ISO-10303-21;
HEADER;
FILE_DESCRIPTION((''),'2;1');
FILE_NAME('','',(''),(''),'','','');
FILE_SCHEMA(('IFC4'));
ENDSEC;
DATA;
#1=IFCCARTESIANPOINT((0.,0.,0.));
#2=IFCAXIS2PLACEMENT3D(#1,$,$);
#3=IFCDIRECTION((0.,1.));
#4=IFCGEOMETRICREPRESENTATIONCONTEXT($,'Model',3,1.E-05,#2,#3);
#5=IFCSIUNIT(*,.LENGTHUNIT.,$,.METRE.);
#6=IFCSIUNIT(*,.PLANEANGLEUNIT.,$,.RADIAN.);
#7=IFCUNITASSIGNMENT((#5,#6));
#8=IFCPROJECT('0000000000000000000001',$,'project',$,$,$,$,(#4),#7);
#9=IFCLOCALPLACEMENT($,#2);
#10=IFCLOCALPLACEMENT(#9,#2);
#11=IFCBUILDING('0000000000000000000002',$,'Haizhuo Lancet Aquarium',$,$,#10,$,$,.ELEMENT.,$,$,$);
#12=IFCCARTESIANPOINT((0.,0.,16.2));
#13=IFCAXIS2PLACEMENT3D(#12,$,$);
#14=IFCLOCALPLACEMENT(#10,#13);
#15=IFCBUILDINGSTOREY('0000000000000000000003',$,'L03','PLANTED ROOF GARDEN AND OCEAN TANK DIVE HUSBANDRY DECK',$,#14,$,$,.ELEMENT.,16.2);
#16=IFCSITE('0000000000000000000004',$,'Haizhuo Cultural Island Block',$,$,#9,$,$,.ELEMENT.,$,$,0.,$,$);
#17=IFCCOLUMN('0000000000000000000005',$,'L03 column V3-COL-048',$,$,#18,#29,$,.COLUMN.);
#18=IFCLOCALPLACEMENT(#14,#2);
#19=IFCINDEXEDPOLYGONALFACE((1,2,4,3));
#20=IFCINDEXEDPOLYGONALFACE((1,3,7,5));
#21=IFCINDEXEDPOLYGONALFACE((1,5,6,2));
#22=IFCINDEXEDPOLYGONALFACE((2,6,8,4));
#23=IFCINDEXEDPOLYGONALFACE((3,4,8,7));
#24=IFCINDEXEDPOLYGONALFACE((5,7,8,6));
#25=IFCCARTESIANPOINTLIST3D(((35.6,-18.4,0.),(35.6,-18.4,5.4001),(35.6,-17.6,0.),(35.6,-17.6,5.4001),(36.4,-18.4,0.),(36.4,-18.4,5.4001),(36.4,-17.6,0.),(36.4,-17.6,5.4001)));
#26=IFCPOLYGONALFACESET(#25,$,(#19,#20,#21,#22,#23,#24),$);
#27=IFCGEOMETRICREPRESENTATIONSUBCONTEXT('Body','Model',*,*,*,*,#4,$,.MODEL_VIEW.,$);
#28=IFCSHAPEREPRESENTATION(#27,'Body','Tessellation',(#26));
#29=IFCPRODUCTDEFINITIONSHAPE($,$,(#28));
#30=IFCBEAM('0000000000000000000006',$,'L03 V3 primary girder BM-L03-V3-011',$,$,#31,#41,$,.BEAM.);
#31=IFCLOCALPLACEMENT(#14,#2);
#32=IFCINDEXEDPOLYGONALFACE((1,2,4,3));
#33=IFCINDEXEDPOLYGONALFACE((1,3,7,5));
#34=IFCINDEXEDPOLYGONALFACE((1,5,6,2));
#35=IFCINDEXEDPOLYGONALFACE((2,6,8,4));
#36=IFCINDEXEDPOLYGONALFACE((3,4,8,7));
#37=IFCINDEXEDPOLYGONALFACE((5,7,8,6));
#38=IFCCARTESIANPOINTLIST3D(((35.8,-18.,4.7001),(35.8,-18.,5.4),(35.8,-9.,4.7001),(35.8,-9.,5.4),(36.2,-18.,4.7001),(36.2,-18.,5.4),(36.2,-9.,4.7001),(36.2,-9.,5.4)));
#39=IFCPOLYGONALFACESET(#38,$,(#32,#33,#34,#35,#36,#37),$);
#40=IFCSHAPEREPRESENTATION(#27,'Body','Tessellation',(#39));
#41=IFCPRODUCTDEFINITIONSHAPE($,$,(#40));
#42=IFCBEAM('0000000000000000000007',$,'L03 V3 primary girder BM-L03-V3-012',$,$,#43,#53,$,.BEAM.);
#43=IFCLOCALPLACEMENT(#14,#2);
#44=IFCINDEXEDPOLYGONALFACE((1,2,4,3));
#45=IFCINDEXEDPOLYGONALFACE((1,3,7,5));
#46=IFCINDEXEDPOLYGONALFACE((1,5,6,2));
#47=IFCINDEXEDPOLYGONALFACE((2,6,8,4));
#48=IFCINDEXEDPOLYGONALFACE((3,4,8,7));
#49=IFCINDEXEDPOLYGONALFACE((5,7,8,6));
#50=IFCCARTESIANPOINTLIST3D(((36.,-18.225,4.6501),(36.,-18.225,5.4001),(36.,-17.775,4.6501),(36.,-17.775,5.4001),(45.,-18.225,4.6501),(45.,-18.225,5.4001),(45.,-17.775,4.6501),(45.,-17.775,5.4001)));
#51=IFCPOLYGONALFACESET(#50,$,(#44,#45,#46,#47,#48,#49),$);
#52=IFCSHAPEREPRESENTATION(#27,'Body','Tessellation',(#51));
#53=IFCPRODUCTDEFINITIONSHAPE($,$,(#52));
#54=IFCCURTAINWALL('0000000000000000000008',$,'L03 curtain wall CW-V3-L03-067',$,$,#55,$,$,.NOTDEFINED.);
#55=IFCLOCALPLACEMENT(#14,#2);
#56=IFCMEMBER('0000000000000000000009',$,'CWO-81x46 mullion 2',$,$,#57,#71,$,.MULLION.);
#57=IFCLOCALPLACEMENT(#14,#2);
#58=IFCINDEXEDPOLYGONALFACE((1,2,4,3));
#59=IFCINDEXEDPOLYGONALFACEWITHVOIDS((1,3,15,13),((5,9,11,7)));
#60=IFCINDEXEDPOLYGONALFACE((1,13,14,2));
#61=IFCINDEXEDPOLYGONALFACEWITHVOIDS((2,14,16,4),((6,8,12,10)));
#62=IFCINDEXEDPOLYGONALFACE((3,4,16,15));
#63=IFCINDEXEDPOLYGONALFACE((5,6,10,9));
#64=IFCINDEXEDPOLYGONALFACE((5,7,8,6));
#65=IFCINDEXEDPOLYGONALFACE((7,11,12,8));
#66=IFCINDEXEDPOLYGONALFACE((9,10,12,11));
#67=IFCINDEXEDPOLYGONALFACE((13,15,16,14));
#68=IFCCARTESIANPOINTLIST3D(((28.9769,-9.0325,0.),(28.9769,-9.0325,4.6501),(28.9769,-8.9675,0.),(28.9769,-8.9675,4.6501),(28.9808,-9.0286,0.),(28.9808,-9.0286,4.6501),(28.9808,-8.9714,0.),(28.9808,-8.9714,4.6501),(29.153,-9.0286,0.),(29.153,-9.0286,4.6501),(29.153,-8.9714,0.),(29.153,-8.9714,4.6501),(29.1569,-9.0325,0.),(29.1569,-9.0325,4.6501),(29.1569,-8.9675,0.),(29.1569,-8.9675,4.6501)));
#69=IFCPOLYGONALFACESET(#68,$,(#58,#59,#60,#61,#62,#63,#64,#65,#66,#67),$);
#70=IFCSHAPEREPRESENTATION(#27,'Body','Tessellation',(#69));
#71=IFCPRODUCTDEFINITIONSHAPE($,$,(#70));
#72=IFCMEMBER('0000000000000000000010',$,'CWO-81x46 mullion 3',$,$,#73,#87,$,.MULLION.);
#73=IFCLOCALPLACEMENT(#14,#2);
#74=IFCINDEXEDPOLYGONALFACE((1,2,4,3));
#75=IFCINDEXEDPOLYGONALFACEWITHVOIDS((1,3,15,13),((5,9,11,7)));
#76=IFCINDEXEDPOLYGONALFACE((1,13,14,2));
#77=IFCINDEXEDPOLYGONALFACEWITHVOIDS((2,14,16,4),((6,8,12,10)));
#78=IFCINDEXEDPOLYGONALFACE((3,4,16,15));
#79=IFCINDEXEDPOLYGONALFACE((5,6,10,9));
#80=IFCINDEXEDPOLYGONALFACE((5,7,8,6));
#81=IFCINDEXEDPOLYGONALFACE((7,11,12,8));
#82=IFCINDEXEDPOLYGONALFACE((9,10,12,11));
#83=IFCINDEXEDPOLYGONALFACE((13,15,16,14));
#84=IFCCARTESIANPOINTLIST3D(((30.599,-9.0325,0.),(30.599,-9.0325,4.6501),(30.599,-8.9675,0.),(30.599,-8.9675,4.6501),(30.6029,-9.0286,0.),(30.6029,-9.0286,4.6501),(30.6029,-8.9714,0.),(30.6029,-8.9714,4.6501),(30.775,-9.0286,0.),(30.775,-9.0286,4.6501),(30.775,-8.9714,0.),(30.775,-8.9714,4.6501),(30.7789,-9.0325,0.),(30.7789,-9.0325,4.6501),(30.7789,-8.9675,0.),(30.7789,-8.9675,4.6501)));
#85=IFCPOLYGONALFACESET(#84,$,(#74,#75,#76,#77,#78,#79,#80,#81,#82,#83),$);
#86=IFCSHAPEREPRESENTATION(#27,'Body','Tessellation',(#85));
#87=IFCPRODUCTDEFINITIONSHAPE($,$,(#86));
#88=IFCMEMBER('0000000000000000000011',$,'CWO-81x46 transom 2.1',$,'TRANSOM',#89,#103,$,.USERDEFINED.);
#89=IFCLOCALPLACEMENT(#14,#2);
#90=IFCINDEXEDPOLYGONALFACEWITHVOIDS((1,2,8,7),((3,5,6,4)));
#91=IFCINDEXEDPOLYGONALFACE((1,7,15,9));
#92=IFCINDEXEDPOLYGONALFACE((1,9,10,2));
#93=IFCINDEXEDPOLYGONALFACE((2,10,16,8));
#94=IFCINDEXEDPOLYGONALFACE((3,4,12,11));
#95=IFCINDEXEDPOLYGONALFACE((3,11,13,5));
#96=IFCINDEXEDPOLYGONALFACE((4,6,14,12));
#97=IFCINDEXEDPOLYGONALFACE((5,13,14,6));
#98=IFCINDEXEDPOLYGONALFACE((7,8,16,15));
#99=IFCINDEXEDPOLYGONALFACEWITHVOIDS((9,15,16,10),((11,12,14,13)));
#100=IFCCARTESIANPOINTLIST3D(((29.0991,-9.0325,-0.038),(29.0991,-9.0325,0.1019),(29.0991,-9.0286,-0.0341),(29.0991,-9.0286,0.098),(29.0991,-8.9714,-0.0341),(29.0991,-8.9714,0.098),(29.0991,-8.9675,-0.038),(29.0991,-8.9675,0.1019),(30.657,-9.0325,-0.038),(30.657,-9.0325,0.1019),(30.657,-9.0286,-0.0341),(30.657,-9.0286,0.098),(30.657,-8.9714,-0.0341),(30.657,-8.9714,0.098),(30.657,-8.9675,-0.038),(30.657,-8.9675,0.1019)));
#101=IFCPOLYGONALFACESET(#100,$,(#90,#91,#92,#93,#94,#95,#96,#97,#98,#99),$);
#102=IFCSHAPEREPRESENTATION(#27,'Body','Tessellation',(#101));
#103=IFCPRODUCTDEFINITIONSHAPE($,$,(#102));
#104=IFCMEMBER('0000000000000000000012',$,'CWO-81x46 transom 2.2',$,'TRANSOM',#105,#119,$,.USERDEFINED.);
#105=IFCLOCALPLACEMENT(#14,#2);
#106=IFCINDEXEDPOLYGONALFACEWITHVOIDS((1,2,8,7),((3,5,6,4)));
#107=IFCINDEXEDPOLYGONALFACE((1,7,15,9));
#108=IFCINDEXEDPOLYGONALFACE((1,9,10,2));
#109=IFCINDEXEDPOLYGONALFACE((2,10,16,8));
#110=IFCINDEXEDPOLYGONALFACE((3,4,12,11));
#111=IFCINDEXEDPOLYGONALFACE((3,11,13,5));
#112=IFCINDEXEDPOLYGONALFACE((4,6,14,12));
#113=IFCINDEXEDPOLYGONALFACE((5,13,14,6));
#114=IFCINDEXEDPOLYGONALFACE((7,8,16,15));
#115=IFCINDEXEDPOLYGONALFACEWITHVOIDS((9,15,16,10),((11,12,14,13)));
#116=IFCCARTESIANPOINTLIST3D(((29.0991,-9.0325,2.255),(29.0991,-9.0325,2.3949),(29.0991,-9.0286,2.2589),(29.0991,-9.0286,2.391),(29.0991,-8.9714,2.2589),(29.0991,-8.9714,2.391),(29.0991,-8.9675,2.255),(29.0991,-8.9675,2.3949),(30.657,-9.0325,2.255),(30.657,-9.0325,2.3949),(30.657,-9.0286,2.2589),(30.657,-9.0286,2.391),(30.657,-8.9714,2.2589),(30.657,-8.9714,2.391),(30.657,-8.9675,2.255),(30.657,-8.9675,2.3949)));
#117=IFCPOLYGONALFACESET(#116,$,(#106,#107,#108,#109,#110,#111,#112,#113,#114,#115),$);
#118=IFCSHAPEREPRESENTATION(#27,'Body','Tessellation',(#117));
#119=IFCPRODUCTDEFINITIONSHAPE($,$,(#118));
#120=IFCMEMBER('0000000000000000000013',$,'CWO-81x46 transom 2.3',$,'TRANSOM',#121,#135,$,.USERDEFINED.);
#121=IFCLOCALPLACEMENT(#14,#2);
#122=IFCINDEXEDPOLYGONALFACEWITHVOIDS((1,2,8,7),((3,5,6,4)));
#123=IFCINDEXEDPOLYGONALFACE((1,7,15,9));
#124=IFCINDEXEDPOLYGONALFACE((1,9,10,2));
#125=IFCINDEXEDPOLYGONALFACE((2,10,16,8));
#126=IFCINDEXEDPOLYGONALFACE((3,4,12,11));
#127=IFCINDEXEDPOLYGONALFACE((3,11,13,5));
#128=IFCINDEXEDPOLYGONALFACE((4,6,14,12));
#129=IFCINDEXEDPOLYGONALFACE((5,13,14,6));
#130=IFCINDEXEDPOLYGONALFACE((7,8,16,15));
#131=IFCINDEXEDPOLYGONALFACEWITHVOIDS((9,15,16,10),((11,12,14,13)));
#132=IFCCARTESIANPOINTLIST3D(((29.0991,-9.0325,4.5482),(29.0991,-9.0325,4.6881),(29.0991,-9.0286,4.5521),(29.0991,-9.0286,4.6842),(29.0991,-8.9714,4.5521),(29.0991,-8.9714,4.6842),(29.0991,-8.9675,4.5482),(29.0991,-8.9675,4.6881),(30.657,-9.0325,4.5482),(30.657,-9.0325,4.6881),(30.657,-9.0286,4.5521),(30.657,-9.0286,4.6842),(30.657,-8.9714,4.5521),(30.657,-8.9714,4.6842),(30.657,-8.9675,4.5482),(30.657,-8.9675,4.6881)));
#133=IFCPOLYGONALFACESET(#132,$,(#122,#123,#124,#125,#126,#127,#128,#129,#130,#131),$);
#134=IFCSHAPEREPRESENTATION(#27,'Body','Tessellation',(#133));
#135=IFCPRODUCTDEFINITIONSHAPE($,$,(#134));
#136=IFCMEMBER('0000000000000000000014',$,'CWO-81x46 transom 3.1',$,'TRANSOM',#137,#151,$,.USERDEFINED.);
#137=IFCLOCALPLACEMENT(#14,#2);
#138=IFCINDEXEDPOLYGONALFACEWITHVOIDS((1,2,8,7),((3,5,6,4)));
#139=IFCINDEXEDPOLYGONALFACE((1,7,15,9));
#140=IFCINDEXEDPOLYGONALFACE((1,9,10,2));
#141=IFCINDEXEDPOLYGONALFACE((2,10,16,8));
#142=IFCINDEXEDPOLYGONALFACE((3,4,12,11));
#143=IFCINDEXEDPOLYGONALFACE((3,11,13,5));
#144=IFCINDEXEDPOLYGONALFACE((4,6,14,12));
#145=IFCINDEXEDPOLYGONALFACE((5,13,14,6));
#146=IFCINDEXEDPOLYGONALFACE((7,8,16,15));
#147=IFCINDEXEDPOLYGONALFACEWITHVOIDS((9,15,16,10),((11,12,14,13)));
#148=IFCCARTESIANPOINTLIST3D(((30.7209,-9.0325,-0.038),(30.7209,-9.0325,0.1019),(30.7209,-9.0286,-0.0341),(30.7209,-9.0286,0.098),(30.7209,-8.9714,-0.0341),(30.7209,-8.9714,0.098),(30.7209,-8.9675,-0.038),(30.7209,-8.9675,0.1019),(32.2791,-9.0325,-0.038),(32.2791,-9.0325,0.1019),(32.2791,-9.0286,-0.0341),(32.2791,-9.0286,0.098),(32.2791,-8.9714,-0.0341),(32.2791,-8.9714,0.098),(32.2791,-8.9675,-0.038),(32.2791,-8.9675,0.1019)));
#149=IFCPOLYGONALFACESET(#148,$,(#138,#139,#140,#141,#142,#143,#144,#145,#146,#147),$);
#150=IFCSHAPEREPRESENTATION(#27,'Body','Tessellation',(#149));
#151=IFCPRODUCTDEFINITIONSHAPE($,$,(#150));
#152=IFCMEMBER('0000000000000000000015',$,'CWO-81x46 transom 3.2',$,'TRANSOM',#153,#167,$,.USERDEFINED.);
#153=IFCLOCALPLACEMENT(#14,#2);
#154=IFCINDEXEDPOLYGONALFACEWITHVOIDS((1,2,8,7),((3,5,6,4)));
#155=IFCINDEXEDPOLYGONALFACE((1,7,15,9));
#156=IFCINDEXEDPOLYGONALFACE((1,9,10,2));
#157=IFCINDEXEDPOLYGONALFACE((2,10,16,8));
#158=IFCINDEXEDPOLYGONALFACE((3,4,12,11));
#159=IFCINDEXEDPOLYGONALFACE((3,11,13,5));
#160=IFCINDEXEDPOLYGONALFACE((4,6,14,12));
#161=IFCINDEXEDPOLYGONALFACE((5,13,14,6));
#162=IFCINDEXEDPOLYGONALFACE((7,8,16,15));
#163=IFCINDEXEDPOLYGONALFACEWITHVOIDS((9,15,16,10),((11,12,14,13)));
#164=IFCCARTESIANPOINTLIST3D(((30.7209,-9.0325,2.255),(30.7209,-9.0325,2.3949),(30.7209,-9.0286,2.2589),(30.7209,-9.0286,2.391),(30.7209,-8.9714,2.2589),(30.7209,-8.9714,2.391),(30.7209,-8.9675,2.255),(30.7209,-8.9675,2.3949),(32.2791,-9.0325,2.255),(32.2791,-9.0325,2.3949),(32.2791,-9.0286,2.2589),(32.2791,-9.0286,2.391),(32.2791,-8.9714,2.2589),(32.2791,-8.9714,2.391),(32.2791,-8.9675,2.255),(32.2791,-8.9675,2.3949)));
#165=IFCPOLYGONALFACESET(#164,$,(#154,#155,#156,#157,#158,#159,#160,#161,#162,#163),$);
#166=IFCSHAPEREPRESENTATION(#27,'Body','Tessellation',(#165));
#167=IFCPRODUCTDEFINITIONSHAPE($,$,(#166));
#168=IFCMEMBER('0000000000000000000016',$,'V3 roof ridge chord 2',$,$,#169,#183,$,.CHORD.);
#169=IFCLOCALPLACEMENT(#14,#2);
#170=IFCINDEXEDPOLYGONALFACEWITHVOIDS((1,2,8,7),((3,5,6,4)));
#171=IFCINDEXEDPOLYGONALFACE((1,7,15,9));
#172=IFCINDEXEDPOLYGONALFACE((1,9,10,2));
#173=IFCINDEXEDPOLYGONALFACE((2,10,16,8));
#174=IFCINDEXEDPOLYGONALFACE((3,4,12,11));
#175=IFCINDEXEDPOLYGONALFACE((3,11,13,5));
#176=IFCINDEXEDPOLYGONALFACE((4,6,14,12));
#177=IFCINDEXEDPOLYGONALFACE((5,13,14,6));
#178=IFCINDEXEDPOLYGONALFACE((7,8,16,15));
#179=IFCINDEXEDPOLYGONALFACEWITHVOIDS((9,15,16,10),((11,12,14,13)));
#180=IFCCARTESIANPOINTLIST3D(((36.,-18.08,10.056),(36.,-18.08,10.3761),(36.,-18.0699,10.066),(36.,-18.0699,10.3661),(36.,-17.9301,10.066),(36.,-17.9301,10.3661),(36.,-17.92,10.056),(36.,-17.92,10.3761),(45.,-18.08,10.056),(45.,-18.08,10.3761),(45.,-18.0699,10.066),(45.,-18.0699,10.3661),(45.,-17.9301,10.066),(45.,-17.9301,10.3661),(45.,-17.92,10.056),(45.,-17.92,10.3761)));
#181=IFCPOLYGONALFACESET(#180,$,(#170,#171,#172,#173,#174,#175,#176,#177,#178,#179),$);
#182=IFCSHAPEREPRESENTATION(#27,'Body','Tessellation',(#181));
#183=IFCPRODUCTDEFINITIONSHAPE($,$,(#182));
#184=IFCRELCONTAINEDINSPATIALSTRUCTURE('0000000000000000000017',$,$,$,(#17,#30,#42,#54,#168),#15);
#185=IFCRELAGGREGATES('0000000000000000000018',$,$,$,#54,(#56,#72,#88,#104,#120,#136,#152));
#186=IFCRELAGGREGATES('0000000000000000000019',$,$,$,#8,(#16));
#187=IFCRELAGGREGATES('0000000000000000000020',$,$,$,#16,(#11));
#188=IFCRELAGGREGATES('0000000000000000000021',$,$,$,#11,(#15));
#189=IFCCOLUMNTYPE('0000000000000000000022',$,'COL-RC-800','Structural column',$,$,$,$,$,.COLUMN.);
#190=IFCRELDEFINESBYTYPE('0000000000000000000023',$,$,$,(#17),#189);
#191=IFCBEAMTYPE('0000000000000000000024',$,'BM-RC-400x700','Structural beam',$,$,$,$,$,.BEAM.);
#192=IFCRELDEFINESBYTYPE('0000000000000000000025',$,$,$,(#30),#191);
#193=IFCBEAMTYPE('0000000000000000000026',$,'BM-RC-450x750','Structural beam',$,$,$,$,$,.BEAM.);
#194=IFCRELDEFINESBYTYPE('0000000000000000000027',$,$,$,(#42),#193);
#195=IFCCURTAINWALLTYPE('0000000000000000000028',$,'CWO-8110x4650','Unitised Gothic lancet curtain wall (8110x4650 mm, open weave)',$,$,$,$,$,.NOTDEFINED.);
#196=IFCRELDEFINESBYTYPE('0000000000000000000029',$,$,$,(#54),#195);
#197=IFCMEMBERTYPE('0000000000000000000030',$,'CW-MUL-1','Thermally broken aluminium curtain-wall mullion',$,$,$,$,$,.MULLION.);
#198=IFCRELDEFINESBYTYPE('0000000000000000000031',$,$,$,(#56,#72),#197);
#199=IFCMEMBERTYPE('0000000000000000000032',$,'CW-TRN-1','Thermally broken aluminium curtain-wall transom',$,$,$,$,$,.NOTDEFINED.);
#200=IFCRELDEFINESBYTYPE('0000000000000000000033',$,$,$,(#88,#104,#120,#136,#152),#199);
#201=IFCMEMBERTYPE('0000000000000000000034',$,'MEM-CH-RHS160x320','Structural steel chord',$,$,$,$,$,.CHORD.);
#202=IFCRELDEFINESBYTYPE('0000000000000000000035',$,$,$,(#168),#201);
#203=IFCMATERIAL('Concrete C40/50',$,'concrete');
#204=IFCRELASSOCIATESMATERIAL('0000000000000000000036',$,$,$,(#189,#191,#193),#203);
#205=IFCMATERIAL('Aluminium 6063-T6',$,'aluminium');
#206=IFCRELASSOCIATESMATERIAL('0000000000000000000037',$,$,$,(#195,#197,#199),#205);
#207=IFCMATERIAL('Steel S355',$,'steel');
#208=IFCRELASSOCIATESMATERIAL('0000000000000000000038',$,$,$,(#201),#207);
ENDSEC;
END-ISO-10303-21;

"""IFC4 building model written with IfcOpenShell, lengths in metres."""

from ifc_helpers import new_model, si_unit, direction, frame, origin, origin_2d, place, context, subcontext, project, spatial, rectangle, hollow_rectangle, extrude, material, material_profile, profile_set, type_object, element, aggregate, save


model = new_model("IFC4")

# Units and contexts
model_context = context("Model", 3, precision=1e-05, world=origin(), true_north=direction((0.0, 1.0)))
body_context = subcontext(model_context, "Body", "Model", "MODEL_VIEW")
ifc_project = project(units=[si_unit("LENGTHUNIT", "METRE"), si_unit("PLANEANGLEUNIT", "RADIAN")], contexts=[model_context])

# Site, building, storey
site_placement = place(None, origin())
site = spatial("IfcSite", under=ifc_project, at=site_placement, Name="Haizhuo Cultural Island Block", CompositionType="ELEMENT", RefElevation=0.0)
building_placement = place(site_placement, origin())
building = spatial("IfcBuilding", under=site, at=building_placement, Name="Haizhuo Lancet Aquarium", CompositionType="ELEMENT")
storey_placement = place(building_placement, frame((0.0, 0.0, 16.2)))
storey = spatial("IfcBuildingStorey", under=building, at=storey_placement, Name="L03", Description="PLANTED ROOF GARDEN AND OCEAN TANK DIVE HUSBANDRY DECK", CompositionType="ELEMENT", Elevation=16.2)

# Column
ifc_material_1 = material(Name="Concrete C40/50", Category="concrete")
ifc_material_profile_1 = material_profile(ifc_material_1, rectangle(XDim=0.8, YDim=0.8, at=origin_2d()), Name="RC-COL 800x800")
ifc_profile_set_1 = profile_set([ifc_material_profile_1], Name="Concrete C40/50")
column_type = type_object("IfcColumnType", Name="COL-RC-800", Description="Structural column", PredefinedType="COLUMN", material=ifc_profile_set_1)
column_placement = place(storey_placement, frame((36.0, -18.0, 0.0), z_axis=(0.0, 0.0, 1.0), x_axis=(1.0, 0.0, 0.0)))
element("IfcColumn", 1, at=column_placement, inside=storey, type_object=column_type, Name="L03 column V3-COL-048", PredefinedType="COLUMN", context=body_context, shape_type="SweptSolid", body=[
    extrude(rectangle(XDim=0.8, YDim=0.8, at=origin_2d()), origin(), (0.0, 0.0, 1.0), 5.4001),
])

# Beams
ifc_material_profile_2 = material_profile(ifc_material_1, rectangle(XDim=0.3999, YDim=0.7, at=origin_2d()), Name="RC-BM 400x700")
ifc_profile_set_2 = profile_set([ifc_material_profile_2], Name="Concrete C40/50")
beam_type_1 = type_object("IfcBeamType", Name="BM-RC-400x700", Description="Structural beam", PredefinedType="BEAM", material=ifc_profile_set_2)
beam_1_placement = place(storey_placement, frame((36.0, -18.0, 5.05), z_axis=(0.0, 1.0, 0.0), x_axis=(-1.0, 0.0, 0.0)))
element("IfcBeam", 2, at=beam_1_placement, inside=storey, type_object=beam_type_1, Name="L03 V3 primary girder BM-L03-V3-011", PredefinedType="BEAM", context=body_context, shape_type="SweptSolid", body=[
    extrude(rectangle(XDim=0.3999, YDim=0.7, at=origin_2d()), origin(), (0.0, 0.0, 1.0), 9.0),
])
ifc_material_profile_3 = material_profile(ifc_material_1, rectangle(XDim=0.45, YDim=0.75, at=origin_2d()), Name="RC-BM 450x750")
ifc_profile_set_3 = profile_set([ifc_material_profile_3], Name="Concrete C40/50")
beam_type_2 = type_object("IfcBeamType", Name="BM-RC-450x750", Description="Structural beam", PredefinedType="BEAM", material=ifc_profile_set_3)
beam_2_placement = place(storey_placement, frame((36.0, -18.0, 5.0251), z_axis=(1.0, 0.0, 0.0), x_axis=(0.0, 1.0, 0.0)))
element("IfcBeam", 3, at=beam_2_placement, inside=storey, type_object=beam_type_2, Name="L03 V3 primary girder BM-L03-V3-012", PredefinedType="BEAM", context=body_context, shape_type="SweptSolid", body=[
    extrude(rectangle(XDim=0.45, YDim=0.75, at=origin_2d()), origin(), (0.0, 0.0, 1.0), 9.0),
])

# Curtain wall, members
ifc_material_2 = material(Name="Aluminium 6063-T6", Category="aluminium")
curtain_wall_type = type_object("IfcCurtainWallType", Name="CWO-8110x4650", Description="Unitised Gothic lancet curtain wall (8110x4650 mm, open weave)", PredefinedType="NOTDEFINED", material=ifc_material_2)
curtain_wall_placement = place(storey_placement, origin())
curtain_wall = element("IfcCurtainWall", 4, at=curtain_wall_placement, inside=storey, type_object=curtain_wall_type, Name="L03 curtain wall CW-V3-L03-067", PredefinedType="NOTDEFINED")
ifc_material_profile_4 = material_profile(ifc_material_2, hollow_rectangle(XDim=0.0649, YDim=0.1799, WallThickness=0.0039, at=origin_2d()), Name="ALU-M 65x180x4")
ifc_profile_set_4 = profile_set([ifc_material_profile_4], Name="Aluminium 6063-T6")
member_type_1 = type_object("IfcMemberType", Name="CW-MUL-1", Description="Thermally broken aluminium curtain-wall mullion", PredefinedType="MULLION", material=ifc_profile_set_4)
member_1_placement = place(storey_placement, frame((29.0669, -9.0, 0.0), z_axis=(0.0, 0.0, 1.0), x_axis=(0.0, 1.0, 0.0)))
member_1 = element("IfcMember", 5, at=member_1_placement, type_object=member_type_1, Name="CWO-81x46 mullion 2", PredefinedType="MULLION", context=body_context, shape_type="SweptSolid", body=[
    extrude(hollow_rectangle(XDim=0.0649, YDim=0.1799, WallThickness=0.0039, at=origin_2d()), origin(), (0.0, 0.0, 1.0), 4.6501),
])
member_2_placement = place(storey_placement, frame((30.689, -9.0, 0.0), z_axis=(0.0, 0.0, 1.0), x_axis=(0.0, 1.0, 0.0)))
member_2 = element("IfcMember", 6, at=member_2_placement, type_object=member_type_1, Name="CWO-81x46 mullion 3", PredefinedType="MULLION", context=body_context, shape_type="SweptSolid", body=[
    extrude(hollow_rectangle(XDim=0.0649, YDim=0.1799, WallThickness=0.0039, at=origin_2d()), origin(), (0.0, 0.0, 1.0), 4.6501),
])
ifc_material_profile_5 = material_profile(ifc_material_2, hollow_rectangle(XDim=0.0649, YDim=0.1399, WallThickness=0.0039, at=origin_2d()), Name="ALU-T 65x140x4")
ifc_profile_set_5 = profile_set([ifc_material_profile_5], Name="Aluminium 6063-T6")
member_type_2 = type_object("IfcMemberType", Name="CW-TRN-1", Description="Thermally broken aluminium curtain-wall transom", PredefinedType="NOTDEFINED", material=ifc_profile_set_5)
member_3_placement = place(storey_placement, frame((29.0991, -9.0, 0.032), z_axis=(1.0, 0.0, 0.0), x_axis=(0.0, 1.0, 0.0)))
member_3 = element("IfcMember", 7, at=member_3_placement, type_object=member_type_2, Name="CWO-81x46 transom 2.1", ObjectType="TRANSOM", PredefinedType="USERDEFINED", context=body_context, shape_type="SweptSolid", body=[
    extrude(hollow_rectangle(XDim=0.0649, YDim=0.1399, WallThickness=0.0039, at=origin_2d()), origin(), (0.0, 0.0, 1.0), 1.5579),
])
member_4_placement = place(storey_placement, frame((29.0991, -9.0, 2.325), z_axis=(1.0, 0.0, 0.0), x_axis=(0.0, 1.0, 0.0)))
member_4 = element("IfcMember", 8, at=member_4_placement, type_object=member_type_2, Name="CWO-81x46 transom 2.2", ObjectType="TRANSOM", PredefinedType="USERDEFINED", context=body_context, shape_type="SweptSolid", body=[
    extrude(hollow_rectangle(XDim=0.0649, YDim=0.1399, WallThickness=0.0039, at=origin_2d()), origin(), (0.0, 0.0, 1.0), 1.5579),
])
member_5_placement = place(storey_placement, frame((29.0991, -9.0, 4.6182), z_axis=(1.0, 0.0, 0.0), x_axis=(0.0, 1.0, 0.0)))
member_5 = element("IfcMember", 9, at=member_5_placement, type_object=member_type_2, Name="CWO-81x46 transom 2.3", ObjectType="TRANSOM", PredefinedType="USERDEFINED", context=body_context, shape_type="SweptSolid", body=[
    extrude(hollow_rectangle(XDim=0.0649, YDim=0.1399, WallThickness=0.0039, at=origin_2d()), origin(), (0.0, 0.0, 1.0), 1.5579),
])
member_6_placement = place(storey_placement, frame((30.7209, -9.0, 0.032), z_axis=(1.0, 0.0, 0.0), x_axis=(0.0, 1.0, 0.0)))
member_6 = element("IfcMember", 10, at=member_6_placement, type_object=member_type_2, Name="CWO-81x46 transom 3.1", ObjectType="TRANSOM", PredefinedType="USERDEFINED", context=body_context, shape_type="SweptSolid", body=[
    extrude(hollow_rectangle(XDim=0.0649, YDim=0.1399, WallThickness=0.0039, at=origin_2d()), origin(), (0.0, 0.0, 1.0), 1.5581),
])
member_7_placement = place(storey_placement, frame((30.7209, -9.0, 2.325), z_axis=(1.0, 0.0, 0.0), x_axis=(0.0, 1.0, 0.0)))
member_7 = element("IfcMember", 11, at=member_7_placement, type_object=member_type_2, Name="CWO-81x46 transom 3.2", ObjectType="TRANSOM", PredefinedType="USERDEFINED", context=body_context, shape_type="SweptSolid", body=[
    extrude(hollow_rectangle(XDim=0.0649, YDim=0.1399, WallThickness=0.0039, at=origin_2d()), origin(), (0.0, 0.0, 1.0), 1.5581),
])

# Member
ifc_material_3 = material(Name="Steel S355", Category="steel")
ifc_material_profile_6 = material_profile(ifc_material_3, hollow_rectangle(XDim=0.1599, YDim=0.3201, WallThickness=0.01, at=origin_2d()), Name="RHS 160x320x10")
ifc_profile_set_6 = profile_set([ifc_material_profile_6], Name="Steel S355")
member_type_3 = type_object("IfcMemberType", Name="MEM-CH-RHS160x320", Description="Structural steel chord", PredefinedType="CHORD", material=ifc_profile_set_6)
member_8_placement = place(storey_placement, frame((36.0, -18.0, 10.2161), z_axis=(1.0, 0.0, 0.0), x_axis=(0.0, 1.0, 0.0)))
element("IfcMember", 12, at=member_8_placement, inside=storey, type_object=member_type_3, Name="V3 roof ridge chord 2", PredefinedType="CHORD", context=body_context, shape_type="SweptSolid", body=[
    extrude(hollow_rectangle(XDim=0.1599, YDim=0.3201, WallThickness=0.01, at=origin_2d()), origin(), (0.0, 0.0, 1.0), 9.0),
])

aggregate(curtain_wall, [member_1, member_2, member_3, member_4, member_5, member_6, member_7])

save(model, "model.ifc")
